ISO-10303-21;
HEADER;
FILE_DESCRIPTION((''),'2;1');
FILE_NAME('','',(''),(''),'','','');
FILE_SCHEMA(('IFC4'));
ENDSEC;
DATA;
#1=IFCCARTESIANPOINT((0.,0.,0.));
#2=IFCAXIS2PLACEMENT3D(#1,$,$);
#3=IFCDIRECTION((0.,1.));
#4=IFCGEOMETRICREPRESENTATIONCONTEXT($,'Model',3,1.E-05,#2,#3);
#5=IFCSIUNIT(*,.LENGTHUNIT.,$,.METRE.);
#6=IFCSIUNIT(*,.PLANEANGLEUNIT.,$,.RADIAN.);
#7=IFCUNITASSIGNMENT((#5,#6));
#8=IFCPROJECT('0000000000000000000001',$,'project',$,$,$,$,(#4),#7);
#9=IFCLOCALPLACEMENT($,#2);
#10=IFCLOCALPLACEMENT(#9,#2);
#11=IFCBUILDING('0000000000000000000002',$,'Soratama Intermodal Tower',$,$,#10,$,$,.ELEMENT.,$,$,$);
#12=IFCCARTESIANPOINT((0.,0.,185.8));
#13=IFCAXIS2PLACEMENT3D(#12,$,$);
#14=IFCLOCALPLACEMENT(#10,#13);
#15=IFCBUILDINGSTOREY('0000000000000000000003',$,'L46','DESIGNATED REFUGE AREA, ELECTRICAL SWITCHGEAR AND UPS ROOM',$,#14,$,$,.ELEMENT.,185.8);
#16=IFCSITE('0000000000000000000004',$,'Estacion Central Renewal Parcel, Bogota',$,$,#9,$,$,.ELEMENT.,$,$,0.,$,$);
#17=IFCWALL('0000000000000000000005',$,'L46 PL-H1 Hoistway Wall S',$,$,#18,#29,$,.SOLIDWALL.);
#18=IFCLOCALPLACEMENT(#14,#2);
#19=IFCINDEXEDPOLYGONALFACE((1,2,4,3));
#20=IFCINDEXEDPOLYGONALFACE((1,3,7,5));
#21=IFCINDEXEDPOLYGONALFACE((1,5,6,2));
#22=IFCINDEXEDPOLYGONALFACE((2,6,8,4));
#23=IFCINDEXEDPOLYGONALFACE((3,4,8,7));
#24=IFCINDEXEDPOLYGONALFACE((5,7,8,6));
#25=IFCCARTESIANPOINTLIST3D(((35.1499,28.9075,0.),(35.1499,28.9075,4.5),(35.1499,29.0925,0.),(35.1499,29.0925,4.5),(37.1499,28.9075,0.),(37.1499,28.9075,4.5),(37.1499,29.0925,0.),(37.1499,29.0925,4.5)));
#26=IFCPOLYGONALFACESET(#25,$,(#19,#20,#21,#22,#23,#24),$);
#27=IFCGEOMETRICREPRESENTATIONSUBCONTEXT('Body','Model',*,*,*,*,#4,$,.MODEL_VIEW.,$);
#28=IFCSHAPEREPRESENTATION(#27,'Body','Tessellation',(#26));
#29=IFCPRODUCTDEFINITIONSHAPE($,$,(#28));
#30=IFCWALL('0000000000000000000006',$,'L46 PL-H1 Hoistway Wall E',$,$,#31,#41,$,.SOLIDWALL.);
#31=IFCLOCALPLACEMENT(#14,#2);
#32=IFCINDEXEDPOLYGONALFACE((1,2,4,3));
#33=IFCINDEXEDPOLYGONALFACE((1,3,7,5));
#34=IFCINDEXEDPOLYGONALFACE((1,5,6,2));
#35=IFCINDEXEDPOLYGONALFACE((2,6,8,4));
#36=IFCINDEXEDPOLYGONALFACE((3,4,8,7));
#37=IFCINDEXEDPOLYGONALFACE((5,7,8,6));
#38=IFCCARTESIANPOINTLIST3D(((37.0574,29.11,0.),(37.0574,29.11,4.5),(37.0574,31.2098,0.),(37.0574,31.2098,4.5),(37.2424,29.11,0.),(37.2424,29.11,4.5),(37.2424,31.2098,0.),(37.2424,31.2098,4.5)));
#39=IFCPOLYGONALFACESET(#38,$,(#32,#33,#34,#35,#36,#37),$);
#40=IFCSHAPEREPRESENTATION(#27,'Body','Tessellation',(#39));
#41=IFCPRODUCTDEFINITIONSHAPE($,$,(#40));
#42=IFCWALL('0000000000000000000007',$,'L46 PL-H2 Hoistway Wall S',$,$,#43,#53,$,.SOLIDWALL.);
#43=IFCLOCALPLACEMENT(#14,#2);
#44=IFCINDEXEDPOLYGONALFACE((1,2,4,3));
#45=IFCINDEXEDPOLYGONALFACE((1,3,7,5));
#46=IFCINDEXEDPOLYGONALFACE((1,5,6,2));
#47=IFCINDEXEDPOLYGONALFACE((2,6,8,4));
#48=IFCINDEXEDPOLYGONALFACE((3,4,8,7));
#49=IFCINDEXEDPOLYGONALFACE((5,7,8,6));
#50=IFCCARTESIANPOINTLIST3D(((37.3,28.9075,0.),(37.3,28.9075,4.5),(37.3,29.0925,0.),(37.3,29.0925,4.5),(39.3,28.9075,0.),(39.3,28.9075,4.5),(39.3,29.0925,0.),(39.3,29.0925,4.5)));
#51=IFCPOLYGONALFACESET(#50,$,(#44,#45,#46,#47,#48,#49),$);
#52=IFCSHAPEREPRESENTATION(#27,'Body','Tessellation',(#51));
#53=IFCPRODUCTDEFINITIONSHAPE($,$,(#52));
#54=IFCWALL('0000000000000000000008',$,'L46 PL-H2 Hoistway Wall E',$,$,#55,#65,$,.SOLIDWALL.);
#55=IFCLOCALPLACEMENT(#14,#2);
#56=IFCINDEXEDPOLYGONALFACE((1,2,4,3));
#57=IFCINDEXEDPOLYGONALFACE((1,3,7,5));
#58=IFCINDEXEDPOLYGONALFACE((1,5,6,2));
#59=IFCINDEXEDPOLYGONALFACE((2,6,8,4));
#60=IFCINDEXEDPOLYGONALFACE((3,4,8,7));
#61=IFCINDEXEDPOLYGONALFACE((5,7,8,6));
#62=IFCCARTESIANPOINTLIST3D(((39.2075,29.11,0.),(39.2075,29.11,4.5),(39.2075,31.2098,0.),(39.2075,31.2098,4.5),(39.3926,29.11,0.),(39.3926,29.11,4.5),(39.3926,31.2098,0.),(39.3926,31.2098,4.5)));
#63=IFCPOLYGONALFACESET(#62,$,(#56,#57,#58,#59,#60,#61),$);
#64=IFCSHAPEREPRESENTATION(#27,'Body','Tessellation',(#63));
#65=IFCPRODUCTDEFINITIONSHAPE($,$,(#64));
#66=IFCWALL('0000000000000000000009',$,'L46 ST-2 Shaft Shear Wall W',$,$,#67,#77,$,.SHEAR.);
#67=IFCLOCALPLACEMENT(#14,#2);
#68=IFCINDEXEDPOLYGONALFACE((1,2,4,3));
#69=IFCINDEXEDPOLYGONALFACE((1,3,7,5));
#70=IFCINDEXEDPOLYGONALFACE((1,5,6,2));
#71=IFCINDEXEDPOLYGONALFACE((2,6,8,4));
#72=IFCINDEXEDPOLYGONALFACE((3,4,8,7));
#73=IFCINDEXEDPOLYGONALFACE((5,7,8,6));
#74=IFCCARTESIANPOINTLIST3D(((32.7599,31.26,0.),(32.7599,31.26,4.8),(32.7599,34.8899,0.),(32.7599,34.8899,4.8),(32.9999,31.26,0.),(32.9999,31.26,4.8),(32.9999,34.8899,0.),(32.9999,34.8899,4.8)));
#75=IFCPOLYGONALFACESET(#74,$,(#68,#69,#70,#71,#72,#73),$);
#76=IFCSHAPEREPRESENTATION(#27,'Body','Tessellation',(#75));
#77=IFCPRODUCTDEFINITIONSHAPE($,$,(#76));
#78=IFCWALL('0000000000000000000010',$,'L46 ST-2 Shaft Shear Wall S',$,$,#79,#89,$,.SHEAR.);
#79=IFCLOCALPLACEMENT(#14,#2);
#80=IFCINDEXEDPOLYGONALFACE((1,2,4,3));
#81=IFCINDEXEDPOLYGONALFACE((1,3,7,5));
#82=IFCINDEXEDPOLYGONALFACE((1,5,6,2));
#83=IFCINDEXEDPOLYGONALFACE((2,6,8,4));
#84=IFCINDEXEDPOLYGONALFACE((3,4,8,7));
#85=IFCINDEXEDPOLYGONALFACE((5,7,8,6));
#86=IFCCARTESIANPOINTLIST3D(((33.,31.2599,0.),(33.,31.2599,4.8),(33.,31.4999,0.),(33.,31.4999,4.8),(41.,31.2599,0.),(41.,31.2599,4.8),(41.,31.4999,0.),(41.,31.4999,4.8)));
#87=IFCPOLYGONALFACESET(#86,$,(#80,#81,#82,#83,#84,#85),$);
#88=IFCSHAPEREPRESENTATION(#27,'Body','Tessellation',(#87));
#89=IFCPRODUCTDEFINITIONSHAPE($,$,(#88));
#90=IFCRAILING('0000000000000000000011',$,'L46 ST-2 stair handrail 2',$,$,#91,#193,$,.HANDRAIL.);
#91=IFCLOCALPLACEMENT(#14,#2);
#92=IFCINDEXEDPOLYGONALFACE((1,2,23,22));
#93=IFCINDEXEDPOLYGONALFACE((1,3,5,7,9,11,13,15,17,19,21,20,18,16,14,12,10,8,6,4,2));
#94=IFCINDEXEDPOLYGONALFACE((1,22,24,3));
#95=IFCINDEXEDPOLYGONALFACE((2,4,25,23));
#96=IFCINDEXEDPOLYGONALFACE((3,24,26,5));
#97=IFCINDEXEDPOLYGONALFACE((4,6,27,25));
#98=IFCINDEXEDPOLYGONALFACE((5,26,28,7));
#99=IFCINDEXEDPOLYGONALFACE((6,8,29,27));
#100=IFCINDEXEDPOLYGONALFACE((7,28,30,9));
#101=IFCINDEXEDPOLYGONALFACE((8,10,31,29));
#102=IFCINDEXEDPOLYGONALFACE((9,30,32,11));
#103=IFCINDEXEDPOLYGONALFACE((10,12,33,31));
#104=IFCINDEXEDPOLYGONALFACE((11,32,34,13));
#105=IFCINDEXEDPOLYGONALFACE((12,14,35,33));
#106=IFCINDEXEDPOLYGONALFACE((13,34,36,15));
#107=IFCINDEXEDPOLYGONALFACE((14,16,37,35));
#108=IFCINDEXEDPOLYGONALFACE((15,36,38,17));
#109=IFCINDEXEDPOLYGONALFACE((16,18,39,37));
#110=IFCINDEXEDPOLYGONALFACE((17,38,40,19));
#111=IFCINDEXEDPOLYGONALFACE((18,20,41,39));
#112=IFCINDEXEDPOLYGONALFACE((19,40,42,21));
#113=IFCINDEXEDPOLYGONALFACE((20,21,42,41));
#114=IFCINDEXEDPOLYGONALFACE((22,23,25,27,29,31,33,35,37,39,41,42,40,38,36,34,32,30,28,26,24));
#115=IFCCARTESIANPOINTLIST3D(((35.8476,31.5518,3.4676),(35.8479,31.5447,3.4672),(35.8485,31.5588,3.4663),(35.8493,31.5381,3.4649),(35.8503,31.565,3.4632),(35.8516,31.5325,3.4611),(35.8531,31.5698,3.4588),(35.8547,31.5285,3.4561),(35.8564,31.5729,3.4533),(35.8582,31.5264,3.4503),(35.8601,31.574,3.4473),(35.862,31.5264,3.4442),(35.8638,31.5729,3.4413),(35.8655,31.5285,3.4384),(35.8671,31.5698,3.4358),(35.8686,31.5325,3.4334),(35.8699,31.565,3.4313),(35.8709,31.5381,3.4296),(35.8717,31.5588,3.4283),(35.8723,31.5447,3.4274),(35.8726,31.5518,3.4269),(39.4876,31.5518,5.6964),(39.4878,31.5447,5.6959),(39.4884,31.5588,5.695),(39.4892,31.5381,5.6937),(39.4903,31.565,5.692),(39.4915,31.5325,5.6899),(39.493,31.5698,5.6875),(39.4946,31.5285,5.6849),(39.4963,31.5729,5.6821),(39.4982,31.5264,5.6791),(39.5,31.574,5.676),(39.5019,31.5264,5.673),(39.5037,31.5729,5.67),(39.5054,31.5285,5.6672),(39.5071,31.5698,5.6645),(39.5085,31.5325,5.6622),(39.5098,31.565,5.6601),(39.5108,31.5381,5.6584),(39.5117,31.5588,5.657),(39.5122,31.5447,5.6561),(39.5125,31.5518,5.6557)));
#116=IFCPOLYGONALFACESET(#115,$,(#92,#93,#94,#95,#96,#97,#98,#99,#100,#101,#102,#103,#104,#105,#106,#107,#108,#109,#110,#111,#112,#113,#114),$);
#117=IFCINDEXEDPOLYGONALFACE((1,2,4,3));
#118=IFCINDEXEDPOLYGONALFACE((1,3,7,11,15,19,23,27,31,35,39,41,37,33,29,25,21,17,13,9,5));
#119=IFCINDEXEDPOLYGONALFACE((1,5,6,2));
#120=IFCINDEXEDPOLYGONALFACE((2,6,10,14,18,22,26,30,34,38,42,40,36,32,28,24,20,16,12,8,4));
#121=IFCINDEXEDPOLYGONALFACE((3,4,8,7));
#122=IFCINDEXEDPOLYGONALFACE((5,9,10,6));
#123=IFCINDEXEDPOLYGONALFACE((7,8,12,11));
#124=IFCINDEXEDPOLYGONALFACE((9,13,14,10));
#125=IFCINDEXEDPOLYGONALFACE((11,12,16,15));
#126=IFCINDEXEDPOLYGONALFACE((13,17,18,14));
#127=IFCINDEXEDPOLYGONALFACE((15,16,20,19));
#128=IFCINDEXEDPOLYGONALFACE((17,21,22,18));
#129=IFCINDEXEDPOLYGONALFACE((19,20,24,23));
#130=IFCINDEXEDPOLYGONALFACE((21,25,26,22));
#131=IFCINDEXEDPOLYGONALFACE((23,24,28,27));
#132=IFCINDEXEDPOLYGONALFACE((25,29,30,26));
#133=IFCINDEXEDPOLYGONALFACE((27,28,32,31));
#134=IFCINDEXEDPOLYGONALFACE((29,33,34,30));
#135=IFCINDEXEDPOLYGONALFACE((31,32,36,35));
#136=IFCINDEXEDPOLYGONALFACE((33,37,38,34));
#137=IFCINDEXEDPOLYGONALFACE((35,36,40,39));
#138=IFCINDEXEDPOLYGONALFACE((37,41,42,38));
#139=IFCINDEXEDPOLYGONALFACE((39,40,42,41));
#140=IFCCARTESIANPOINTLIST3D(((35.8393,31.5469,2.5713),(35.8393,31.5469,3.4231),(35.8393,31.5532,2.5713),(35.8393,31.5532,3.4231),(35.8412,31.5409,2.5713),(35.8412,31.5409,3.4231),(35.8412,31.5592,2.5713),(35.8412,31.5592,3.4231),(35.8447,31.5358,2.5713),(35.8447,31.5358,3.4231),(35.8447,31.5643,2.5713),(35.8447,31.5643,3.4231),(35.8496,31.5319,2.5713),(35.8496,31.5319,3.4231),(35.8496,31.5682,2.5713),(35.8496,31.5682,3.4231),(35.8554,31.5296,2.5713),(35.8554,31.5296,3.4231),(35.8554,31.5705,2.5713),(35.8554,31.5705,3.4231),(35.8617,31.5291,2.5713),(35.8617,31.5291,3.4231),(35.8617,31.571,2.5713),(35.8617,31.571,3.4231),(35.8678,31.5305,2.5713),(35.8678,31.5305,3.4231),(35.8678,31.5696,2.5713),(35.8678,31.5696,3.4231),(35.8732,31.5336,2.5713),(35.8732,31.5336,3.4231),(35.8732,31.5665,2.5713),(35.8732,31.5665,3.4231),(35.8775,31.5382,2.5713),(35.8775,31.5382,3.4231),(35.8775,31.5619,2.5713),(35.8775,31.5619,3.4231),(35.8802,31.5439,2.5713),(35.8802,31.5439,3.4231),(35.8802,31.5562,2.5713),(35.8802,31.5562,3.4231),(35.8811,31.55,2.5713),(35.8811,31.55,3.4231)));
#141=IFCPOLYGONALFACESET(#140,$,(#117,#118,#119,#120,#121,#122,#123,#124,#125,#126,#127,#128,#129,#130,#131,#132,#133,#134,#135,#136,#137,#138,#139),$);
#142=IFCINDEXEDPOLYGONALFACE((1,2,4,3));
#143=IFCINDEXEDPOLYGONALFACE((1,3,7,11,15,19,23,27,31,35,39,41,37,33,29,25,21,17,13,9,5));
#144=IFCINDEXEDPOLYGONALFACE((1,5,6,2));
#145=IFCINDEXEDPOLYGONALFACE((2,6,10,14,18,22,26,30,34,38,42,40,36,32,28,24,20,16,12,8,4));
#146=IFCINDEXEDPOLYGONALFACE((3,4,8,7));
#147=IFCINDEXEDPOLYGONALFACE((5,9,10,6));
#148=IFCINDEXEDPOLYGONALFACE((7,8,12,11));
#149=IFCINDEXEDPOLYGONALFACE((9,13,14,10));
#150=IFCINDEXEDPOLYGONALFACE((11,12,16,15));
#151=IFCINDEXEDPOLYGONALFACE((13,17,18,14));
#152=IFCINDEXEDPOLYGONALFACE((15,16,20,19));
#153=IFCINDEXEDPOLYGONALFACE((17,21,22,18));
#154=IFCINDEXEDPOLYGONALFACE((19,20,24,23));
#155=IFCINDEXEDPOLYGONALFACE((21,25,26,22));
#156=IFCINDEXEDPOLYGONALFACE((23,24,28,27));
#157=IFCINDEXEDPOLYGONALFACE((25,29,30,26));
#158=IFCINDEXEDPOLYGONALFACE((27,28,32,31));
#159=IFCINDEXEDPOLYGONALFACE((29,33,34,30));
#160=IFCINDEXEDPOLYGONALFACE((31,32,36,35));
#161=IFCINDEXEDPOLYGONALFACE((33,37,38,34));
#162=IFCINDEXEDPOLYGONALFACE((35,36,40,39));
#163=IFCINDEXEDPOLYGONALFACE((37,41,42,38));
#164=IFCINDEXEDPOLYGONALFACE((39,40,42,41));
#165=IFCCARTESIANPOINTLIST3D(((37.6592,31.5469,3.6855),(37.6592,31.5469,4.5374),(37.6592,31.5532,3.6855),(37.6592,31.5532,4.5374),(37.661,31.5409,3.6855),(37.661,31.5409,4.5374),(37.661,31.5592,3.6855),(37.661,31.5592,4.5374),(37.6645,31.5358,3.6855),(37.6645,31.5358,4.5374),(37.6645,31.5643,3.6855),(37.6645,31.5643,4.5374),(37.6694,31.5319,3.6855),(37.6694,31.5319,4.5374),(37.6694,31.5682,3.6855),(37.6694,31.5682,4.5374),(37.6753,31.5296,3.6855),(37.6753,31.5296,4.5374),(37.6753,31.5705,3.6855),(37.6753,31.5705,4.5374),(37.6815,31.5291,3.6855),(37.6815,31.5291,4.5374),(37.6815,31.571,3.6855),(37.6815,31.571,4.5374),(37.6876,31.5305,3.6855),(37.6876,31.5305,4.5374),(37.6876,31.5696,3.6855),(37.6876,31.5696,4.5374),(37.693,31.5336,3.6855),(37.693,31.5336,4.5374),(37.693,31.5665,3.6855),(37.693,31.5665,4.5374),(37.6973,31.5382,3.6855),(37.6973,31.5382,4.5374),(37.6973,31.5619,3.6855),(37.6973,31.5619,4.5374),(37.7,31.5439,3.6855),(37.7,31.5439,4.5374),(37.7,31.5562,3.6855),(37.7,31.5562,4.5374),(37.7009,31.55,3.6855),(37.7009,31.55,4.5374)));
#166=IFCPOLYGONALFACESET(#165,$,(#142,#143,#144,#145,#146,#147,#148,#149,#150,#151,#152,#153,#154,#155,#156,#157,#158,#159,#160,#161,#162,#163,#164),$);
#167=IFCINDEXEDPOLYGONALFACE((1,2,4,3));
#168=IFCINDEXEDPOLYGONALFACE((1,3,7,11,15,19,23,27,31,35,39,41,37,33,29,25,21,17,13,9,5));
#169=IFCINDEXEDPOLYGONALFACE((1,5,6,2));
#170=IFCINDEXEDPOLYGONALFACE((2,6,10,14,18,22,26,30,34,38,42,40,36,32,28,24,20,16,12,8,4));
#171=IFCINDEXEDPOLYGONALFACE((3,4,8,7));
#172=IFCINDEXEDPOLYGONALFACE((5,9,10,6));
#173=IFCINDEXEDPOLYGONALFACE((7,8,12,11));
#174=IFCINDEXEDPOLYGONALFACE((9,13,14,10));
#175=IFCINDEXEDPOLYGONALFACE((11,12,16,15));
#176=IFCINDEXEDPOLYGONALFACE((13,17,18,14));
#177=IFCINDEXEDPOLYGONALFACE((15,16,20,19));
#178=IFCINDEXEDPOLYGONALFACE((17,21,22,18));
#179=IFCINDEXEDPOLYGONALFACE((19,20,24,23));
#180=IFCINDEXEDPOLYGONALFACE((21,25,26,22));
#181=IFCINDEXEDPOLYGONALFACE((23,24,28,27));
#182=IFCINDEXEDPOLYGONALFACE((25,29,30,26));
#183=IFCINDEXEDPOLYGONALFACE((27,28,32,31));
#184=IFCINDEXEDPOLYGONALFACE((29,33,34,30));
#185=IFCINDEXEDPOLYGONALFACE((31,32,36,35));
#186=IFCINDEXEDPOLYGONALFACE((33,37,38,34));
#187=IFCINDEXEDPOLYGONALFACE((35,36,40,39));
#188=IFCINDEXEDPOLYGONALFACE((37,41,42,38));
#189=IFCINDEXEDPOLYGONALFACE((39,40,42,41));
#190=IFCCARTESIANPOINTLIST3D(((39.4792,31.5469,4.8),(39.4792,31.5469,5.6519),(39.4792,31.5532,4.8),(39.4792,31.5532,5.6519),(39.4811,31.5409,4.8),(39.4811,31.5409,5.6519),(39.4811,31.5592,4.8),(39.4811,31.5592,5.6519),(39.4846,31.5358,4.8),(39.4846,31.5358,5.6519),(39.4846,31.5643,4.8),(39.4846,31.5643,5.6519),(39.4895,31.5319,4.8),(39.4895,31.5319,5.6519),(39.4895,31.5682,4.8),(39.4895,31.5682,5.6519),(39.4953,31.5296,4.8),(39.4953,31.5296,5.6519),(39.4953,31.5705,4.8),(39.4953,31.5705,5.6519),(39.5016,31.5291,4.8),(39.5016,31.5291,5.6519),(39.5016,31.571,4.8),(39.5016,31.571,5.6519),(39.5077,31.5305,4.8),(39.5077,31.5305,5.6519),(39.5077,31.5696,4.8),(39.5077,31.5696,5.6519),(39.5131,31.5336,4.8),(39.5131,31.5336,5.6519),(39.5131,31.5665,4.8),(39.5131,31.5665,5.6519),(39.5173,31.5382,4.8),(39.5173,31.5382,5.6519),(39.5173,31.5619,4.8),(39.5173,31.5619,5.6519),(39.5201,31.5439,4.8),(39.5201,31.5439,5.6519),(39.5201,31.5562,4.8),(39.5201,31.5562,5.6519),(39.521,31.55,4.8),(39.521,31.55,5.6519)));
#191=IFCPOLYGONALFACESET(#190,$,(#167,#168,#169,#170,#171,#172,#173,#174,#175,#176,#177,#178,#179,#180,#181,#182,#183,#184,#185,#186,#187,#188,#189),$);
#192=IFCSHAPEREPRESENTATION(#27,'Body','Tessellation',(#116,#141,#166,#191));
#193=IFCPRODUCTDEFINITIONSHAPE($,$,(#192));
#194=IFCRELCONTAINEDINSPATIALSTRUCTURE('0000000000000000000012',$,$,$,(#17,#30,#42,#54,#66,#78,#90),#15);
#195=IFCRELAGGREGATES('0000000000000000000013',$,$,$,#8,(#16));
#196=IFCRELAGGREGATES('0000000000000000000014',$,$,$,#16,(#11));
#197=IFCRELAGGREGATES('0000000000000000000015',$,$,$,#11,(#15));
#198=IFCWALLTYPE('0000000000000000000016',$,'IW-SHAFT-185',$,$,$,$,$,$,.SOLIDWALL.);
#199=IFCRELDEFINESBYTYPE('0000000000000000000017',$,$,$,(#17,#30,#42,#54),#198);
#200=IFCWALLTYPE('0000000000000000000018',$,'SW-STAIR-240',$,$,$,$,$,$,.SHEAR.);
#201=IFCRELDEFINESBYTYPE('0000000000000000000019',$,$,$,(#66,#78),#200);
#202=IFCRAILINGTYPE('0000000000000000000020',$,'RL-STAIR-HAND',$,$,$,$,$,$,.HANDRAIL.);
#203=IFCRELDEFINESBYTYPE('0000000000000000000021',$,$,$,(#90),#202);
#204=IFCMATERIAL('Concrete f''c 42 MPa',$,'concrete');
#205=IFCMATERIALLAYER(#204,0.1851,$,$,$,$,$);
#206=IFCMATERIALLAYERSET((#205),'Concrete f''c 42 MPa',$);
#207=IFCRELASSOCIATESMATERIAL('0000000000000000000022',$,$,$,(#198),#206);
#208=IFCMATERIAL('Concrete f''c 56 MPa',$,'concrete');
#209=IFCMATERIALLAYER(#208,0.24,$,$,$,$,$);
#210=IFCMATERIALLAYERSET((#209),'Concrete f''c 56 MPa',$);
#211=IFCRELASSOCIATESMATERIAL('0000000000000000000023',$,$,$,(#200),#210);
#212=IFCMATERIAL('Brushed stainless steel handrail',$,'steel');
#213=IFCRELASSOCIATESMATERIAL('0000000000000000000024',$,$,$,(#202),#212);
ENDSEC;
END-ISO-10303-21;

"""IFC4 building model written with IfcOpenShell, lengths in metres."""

from ifc_helpers import new_model, si_unit, direction, frame, frame_2d, origin, origin_2d, place, context, subcontext, project, spatial, rectangle, circle, extrude, material, layer, layer_set, type_object, element, save


model = new_model("IFC4")

# Units and contexts
model_context = context("Model", 3, precision=1e-05, world=origin(), true_north=direction((0.0, 1.0)))
body_context = subcontext(model_context, "Body", "Model", "MODEL_VIEW")
ifc_project = project(units=[si_unit("LENGTHUNIT", "METRE"), si_unit("PLANEANGLEUNIT", "RADIAN")], contexts=[model_context])

# Site, building, storey
site_placement = place(None, origin())
site = spatial("IfcSite", under=ifc_project, at=site_placement, Name="Estacion Central Renewal Parcel, Bogota", CompositionType="ELEMENT", RefElevation=0.0)
building_placement = place(site_placement, origin())
building = spatial("IfcBuilding", under=site, at=building_placement, Name="Soratama Intermodal Tower", CompositionType="ELEMENT")
storey_placement = place(building_placement, frame((0.0, 0.0, 185.8)))
storey = spatial("IfcBuildingStorey", under=building, at=storey_placement, Name="L46", Description="DESIGNATED REFUGE AREA, ELECTRICAL SWITCHGEAR AND UPS ROOM", CompositionType="ELEMENT", Elevation=185.8)

# Shared definitions
ifc_material_1 = material(Name="Concrete f'c 42 MPa", Category="concrete")
ifc_layer_1 = layer(ifc_material_1, 0.1851)
ifc_layer_set_1 = layer_set([ifc_layer_1], Name="Concrete f'c 42 MPa")
wall_type_1 = type_object("IfcWallType", Name="IW-SHAFT-185", PredefinedType="SOLIDWALL", material=ifc_layer_set_1)

# Walls
wall_1_placement = place(storey_placement, frame((35.1499, 29.0, 0.0), z_axis=(0.0, 0.0, 1.0), x_axis=(1.0, 0.0, 0.0)))
element("IfcWall", 1, at=wall_1_placement, inside=storey, type_object=wall_type_1, Name="L46 PL-H1 Hoistway Wall S", PredefinedType="SOLIDWALL", context=body_context, shape_type="SweptSolid", body=[
    extrude(rectangle(XDim=2.0, YDim=0.1851, at=frame_2d((1.0, 0.0))), origin(), (0.0, 0.0, 1.0), 4.5),
])
wall_2_placement = place(storey_placement, frame((37.1499, 29.1101, 0.0), z_axis=(0.0, 0.0, 1.0), x_axis=(0.0, 1.0, 0.0)))
element("IfcWall", 2, at=wall_2_placement, inside=storey, type_object=wall_type_1, Name="L46 PL-H1 Hoistway Wall E", PredefinedType="SOLIDWALL", context=body_context, shape_type="SweptSolid", body=[
    extrude(rectangle(XDim=2.0999, YDim=0.1851, at=frame_2d((1.0498, 0.0))), origin(), (0.0, 0.0, 1.0), 4.5),
])
wall_3_placement = place(storey_placement, frame((37.3, 29.0, 0.0), z_axis=(0.0, 0.0, 1.0), x_axis=(1.0, 0.0, 0.0)))
element("IfcWall", 3, at=wall_3_placement, inside=storey, type_object=wall_type_1, Name="L46 PL-H2 Hoistway Wall S", PredefinedType="SOLIDWALL", context=body_context, shape_type="SweptSolid", body=[
    extrude(rectangle(XDim=2.0, YDim=0.1851, at=frame_2d((1.0, 0.0))), origin(), (0.0, 0.0, 1.0), 4.5),
])
wall_4_placement = place(storey_placement, frame((39.3, 29.1101, 0.0), z_axis=(0.0, 0.0, 1.0), x_axis=(0.0, 1.0, 0.0)))
element("IfcWall", 4, at=wall_4_placement, inside=storey, type_object=wall_type_1, Name="L46 PL-H2 Hoistway Wall E", PredefinedType="SOLIDWALL", context=body_context, shape_type="SweptSolid", body=[
    extrude(rectangle(XDim=2.0999, YDim=0.1851, at=frame_2d((1.0498, 0.0))), origin(), (0.0, 0.0, 1.0), 4.5),
])
ifc_material_2 = material(Name="Concrete f'c 56 MPa", Category="concrete")
ifc_layer_2 = layer(ifc_material_2, 0.24)
ifc_layer_set_2 = layer_set([ifc_layer_2], Name="Concrete f'c 56 MPa")
wall_type_2 = type_object("IfcWallType", Name="SW-STAIR-240", PredefinedType="SHEAR", material=ifc_layer_set_2)
wall_5_placement = place(storey_placement, frame((32.8799, 31.26, 0.0), z_axis=(0.0, 0.0, 1.0), x_axis=(0.0, 1.0, 0.0)))
element("IfcWall", 5, at=wall_5_placement, inside=storey, type_object=wall_type_2, Name="L46 ST-2 Shaft Shear Wall W", PredefinedType="SHEAR", context=body_context, shape_type="SweptSolid", body=[
    extrude(rectangle(XDim=3.6299, YDim=0.24, at=frame_2d((1.8149, 0.0))), origin(), (0.0, 0.0, 1.0), 4.8),
])

# Wall
wall_6_placement = place(storey_placement, frame((33.0, 31.3799, 0.0), z_axis=(0.0, 0.0, 1.0), x_axis=(1.0, 0.0, 0.0)))
element("IfcWall", 6, at=wall_6_placement, inside=storey, type_object=wall_type_2, Name="L46 ST-2 Shaft Shear Wall S", PredefinedType="SHEAR", context=body_context, shape_type="SweptSolid", body=[
    extrude(rectangle(XDim=8.0, YDim=0.24, at=frame_2d((4.0, 0.0))), origin(), (0.0, 0.0, 1.0), 4.8),
])

# Railing
ifc_material_3 = material(Name="Brushed stainless steel handrail", Category="steel")
railing_type = type_object("IfcRailingType", Name="RL-STAIR-HAND", PredefinedType="HANDRAIL", material=ifc_material_3)
railing_placement = place(storey_placement, frame((35.8601, 31.55, 2.5713)))
element("IfcRailing", 7, at=railing_placement, inside=storey, type_object=railing_type, Name="L46 ST-2 stair handrail 2", PredefinedType="HANDRAIL", context=body_context, shape_type="SweptSolid", body=[
    extrude(circle(Radius=0.0239, at=origin_2d()), frame((0.0, 0.0, 0.876), z_axis=(0.852825, 0.0, 0.522197), x_axis=(0.0, 1.0, 0.0)), (0.0, 0.0, 1.0), 4.2681),
    extrude(circle(Radius=0.021, at=origin_2d()), origin(), (0.0, 0.0, 1.0), 0.8518),
    extrude(circle(Radius=0.021, at=origin_2d()), frame((1.8198, 0.0, 1.1143)), (0.0, 0.0, 1.0), 0.8518),
    extrude(circle(Radius=0.021, at=origin_2d()), frame((3.6399, 0.0, 2.2288)), (0.0, 0.0, 1.0), 0.8518),
])

save(model, "model.ifc")
